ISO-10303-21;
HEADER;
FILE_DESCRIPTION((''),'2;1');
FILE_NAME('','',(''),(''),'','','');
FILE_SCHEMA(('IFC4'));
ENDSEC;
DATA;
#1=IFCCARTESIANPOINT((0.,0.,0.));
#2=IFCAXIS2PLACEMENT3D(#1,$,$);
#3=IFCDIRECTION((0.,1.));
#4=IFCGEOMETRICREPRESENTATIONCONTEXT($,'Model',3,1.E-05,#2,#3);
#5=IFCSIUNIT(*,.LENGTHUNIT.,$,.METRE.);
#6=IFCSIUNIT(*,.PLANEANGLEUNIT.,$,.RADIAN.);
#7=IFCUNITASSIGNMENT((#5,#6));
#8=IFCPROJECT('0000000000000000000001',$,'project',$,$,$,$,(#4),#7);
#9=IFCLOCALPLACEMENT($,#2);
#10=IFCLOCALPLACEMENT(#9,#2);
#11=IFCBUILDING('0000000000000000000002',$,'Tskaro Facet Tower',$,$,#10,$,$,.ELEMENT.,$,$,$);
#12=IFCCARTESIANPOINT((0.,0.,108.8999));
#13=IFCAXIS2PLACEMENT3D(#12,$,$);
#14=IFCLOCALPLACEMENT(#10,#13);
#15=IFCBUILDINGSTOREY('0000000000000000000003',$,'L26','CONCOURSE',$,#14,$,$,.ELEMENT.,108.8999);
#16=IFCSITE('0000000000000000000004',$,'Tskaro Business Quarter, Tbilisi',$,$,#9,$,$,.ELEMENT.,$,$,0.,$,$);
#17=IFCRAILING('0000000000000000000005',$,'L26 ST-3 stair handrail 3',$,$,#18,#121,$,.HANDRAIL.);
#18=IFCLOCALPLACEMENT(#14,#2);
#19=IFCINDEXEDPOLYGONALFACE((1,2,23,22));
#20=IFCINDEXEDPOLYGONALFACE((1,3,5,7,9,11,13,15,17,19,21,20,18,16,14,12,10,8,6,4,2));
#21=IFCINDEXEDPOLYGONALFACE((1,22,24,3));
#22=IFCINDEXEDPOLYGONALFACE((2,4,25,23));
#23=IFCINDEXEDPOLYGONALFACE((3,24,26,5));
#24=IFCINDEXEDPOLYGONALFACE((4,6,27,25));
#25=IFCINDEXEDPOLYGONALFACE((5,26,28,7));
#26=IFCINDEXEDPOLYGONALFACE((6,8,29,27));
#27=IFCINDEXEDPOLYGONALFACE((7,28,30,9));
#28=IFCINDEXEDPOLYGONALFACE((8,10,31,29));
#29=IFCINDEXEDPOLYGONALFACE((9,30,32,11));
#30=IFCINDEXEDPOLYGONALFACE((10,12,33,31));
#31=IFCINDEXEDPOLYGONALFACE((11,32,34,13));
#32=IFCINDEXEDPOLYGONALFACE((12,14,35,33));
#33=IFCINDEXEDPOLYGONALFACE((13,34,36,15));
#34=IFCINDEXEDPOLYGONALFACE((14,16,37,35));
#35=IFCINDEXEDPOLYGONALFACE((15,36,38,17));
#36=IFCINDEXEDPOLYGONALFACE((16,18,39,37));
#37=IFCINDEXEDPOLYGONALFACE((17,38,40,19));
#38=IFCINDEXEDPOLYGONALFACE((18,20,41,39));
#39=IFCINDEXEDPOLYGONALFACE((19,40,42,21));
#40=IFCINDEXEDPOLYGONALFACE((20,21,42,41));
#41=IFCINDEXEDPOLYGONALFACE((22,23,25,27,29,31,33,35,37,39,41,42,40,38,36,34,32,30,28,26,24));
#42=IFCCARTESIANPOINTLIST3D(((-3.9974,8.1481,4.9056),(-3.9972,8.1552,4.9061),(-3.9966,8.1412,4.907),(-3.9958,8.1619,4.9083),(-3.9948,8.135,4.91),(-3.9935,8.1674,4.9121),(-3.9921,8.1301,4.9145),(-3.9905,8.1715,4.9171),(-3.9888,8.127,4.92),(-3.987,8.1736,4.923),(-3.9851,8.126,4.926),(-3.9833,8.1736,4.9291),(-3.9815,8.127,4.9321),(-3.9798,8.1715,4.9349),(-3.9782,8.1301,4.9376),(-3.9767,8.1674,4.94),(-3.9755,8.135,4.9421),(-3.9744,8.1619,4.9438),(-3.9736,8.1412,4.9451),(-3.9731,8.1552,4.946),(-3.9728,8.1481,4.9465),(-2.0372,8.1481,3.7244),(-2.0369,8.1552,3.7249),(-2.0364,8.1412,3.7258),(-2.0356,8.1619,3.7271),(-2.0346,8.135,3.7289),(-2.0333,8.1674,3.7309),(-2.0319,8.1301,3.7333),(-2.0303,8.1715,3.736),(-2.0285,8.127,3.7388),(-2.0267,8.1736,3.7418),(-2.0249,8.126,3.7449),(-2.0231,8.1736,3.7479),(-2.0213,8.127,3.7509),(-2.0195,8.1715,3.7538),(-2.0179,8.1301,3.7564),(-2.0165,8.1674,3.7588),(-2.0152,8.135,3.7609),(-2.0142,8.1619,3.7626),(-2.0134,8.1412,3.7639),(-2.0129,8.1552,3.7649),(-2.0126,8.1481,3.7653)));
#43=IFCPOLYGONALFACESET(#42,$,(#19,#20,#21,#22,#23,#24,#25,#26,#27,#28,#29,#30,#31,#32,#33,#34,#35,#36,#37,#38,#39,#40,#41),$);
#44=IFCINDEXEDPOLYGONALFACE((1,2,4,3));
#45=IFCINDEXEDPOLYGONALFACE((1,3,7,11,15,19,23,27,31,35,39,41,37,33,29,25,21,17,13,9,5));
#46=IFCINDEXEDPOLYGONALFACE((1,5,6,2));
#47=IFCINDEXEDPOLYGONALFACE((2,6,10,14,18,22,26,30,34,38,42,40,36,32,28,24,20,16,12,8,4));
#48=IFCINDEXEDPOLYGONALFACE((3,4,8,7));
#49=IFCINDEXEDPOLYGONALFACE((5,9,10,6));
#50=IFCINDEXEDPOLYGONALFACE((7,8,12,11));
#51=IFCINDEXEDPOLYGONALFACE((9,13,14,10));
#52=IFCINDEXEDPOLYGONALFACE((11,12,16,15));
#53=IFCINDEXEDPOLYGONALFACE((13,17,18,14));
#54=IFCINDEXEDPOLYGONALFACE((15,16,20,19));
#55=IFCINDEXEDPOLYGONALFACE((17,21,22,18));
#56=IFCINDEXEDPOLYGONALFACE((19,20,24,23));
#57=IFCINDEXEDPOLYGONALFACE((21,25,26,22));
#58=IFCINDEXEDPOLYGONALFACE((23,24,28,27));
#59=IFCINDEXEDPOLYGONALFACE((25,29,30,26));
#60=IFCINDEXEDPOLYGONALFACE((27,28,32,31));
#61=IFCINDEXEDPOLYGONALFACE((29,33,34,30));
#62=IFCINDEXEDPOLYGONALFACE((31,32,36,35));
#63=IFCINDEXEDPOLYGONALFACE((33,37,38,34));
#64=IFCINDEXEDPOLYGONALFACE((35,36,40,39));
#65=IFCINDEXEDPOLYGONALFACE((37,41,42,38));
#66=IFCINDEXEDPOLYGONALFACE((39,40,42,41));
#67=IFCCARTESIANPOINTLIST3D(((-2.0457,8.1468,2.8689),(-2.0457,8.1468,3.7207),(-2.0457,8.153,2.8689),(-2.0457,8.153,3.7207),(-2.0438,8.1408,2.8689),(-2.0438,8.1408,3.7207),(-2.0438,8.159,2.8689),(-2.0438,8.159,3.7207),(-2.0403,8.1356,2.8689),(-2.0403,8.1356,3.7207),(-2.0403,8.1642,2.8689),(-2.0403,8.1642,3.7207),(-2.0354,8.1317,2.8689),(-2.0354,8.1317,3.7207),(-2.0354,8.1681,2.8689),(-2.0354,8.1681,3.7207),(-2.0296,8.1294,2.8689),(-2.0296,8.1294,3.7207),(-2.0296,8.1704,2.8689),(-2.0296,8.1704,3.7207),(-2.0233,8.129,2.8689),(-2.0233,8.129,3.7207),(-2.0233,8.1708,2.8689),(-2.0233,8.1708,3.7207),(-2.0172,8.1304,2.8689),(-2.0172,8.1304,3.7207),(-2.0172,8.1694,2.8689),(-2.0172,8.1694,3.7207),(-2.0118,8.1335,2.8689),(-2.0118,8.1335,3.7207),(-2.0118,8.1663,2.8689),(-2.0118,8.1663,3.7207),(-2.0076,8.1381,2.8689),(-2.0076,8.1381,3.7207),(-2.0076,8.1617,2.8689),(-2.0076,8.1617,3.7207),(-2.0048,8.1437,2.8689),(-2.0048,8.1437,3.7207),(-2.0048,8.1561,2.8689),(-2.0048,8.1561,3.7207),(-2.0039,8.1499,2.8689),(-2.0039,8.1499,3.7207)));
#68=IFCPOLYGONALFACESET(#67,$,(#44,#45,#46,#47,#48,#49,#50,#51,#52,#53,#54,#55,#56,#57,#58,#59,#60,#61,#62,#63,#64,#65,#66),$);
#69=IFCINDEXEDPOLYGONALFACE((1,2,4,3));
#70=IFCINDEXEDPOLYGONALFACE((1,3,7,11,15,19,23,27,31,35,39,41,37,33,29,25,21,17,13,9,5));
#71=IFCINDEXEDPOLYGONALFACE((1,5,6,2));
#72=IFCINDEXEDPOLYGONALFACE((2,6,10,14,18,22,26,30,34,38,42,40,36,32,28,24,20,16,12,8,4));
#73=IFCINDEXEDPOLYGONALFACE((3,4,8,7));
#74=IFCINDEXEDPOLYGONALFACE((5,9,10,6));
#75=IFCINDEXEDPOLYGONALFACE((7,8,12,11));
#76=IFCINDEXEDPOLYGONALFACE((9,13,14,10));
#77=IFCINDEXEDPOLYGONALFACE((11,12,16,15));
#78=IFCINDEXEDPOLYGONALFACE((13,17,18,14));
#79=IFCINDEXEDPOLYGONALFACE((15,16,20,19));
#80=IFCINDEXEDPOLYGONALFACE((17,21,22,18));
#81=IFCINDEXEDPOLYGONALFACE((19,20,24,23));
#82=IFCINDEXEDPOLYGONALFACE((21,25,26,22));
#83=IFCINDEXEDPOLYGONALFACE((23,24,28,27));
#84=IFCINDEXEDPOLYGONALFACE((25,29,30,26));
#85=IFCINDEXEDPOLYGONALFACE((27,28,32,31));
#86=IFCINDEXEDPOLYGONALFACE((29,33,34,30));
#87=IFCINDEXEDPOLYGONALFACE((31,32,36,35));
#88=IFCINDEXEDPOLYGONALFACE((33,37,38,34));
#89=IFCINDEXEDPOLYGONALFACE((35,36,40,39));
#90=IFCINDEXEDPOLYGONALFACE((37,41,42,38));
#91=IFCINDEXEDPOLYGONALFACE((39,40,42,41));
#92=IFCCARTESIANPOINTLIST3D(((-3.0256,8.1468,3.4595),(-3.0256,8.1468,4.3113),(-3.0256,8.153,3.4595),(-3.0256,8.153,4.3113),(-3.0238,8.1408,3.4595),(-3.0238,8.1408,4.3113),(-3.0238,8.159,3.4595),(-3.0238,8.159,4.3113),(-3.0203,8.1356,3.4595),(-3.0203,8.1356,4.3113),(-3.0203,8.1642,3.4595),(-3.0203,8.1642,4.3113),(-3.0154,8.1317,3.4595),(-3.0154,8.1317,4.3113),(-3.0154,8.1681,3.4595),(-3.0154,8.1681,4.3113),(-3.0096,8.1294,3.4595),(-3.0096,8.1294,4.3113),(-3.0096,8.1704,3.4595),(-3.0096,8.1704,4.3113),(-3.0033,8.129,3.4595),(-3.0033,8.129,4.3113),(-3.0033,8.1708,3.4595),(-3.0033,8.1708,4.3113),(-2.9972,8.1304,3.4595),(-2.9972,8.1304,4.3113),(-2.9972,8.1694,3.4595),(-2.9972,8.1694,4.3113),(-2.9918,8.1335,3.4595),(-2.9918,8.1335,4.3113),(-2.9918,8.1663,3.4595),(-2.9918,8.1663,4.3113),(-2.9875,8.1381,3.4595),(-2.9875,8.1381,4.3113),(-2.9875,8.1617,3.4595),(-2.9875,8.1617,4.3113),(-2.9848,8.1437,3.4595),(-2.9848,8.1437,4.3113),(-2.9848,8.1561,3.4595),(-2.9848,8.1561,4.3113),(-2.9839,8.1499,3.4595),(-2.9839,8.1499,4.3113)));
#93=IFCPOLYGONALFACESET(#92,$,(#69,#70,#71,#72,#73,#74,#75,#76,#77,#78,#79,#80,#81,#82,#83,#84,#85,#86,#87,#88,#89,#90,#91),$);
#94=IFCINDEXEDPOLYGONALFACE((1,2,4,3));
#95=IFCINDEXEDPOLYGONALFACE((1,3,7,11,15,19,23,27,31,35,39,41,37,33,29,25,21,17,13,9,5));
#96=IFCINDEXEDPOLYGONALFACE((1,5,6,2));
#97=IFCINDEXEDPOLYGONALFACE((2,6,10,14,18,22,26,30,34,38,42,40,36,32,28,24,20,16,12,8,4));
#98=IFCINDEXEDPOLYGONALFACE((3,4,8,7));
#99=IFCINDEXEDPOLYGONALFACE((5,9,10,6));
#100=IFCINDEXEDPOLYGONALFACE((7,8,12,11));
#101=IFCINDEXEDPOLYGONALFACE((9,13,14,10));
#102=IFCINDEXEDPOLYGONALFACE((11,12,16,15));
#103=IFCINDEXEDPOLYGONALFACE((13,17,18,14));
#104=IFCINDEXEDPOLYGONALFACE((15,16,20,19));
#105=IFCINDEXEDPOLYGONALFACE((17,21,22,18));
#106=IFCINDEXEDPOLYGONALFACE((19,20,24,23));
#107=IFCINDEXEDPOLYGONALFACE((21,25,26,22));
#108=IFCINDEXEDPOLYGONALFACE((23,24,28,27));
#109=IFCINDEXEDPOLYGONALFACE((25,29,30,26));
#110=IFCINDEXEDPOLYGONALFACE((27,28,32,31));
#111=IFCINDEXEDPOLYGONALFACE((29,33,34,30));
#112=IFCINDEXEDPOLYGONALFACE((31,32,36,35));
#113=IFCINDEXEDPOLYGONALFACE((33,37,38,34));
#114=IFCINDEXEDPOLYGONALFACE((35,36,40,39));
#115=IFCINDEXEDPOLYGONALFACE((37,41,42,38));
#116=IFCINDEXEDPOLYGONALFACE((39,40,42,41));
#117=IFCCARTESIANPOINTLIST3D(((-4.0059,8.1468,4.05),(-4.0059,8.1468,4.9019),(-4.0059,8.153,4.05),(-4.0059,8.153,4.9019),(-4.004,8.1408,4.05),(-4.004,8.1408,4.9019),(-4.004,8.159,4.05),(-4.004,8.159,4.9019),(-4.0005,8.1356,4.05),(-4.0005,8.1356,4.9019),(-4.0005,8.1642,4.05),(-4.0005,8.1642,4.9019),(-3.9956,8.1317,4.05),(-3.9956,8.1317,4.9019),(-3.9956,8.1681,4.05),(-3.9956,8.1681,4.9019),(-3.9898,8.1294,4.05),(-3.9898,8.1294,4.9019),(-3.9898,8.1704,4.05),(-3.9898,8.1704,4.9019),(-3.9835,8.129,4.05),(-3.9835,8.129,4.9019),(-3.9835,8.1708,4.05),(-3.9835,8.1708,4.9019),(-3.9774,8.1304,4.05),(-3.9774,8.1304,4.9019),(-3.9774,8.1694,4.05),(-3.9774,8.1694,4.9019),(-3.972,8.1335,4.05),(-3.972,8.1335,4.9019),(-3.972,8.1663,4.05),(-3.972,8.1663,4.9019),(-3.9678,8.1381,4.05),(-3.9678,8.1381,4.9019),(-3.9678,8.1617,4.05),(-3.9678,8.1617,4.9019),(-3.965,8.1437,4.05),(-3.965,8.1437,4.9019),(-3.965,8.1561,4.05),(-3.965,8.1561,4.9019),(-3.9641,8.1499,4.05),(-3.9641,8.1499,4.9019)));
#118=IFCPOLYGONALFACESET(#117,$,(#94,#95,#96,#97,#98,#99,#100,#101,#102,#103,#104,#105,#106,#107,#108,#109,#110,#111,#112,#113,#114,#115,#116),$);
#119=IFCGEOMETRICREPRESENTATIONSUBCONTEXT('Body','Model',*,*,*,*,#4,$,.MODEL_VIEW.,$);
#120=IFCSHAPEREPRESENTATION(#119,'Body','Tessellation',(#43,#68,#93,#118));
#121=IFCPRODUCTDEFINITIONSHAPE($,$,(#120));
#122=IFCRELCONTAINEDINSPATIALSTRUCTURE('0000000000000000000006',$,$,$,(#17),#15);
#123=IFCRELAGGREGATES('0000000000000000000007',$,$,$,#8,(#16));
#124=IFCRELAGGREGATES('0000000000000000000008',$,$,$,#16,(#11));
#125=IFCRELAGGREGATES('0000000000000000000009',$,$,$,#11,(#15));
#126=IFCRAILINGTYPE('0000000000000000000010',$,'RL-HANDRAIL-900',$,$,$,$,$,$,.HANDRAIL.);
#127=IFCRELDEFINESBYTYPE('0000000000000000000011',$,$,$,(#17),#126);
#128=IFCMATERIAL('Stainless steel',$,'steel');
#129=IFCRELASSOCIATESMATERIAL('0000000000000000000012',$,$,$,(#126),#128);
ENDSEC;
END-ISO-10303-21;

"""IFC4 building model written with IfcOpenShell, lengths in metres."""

from ifc_helpers import new_model, si_unit, direction, frame, origin, origin_2d, place, context, subcontext, project, spatial, circle, extrude, material, type_object, element, save


model = new_model("IFC4")

# Units and contexts
model_context = context("Model", 3, precision=1e-05, world=origin(), true_north=direction((0.0, 1.0)))
body_context = subcontext(model_context, "Body", "Model", "MODEL_VIEW")
ifc_project = project(units=[si_unit("LENGTHUNIT", "METRE"), si_unit("PLANEANGLEUNIT", "RADIAN")], contexts=[model_context])

# Site, building, storey
site_placement = place(None, origin())
site = spatial("IfcSite", under=ifc_project, at=site_placement, Name="Tskaro Business Quarter, Tbilisi", CompositionType="ELEMENT", RefElevation=0.0)
building_placement = place(site_placement, origin())
building = spatial("IfcBuilding", under=site, at=building_placement, Name="Tskaro Facet Tower", CompositionType="ELEMENT")
storey_placement = place(building_placement, frame((0.0, 0.0, 108.8999)))
storey = spatial("IfcBuildingStorey", under=building, at=storey_placement, Name="L26", Description="CONCOURSE", CompositionType="ELEMENT", Elevation=108.8999)

# Railing
ifc_material_1 = material(Name="Stainless steel", Category="steel")
railing_type_1 = type_object("IfcRailingType", Name="RL-HANDRAIL-900", PredefinedType="HANDRAIL", material=ifc_material_1)
railing_1_placement = place(storey_placement, frame((-2.0249, 8.1499, 2.8689)))
element("IfcRailing", 1, at=railing_1_placement, inside=storey, type_object=railing_type_1, Name="L26 ST-3 stair handrail 3", PredefinedType="HANDRAIL", context=body_context, shape_type="SweptSolid", body=[
    extrude(circle(Radius=0.0239, at=origin_2d()), frame((0.0, 0.0, 0.876), z_axis=(-0.856522, 0.0, 0.516111), x_axis=(0.0, -1.0, 0.0)), (0.0, 0.0, 1.0), 2.2886),
    extrude(circle(Radius=0.021, at=origin_2d()), origin(), (0.0, 0.0, 1.0), 0.8518),
    extrude(circle(Radius=0.021, at=origin_2d()), frame((-0.98, 0.0, 0.5906)), (0.0, 0.0, 1.0), 0.8518),
    extrude(circle(Radius=0.021, at=origin_2d()), frame((-1.9602, 0.0, 1.1812)), (0.0, 0.0, 1.0), 0.8518),
])

save(model, "model.ifc")
